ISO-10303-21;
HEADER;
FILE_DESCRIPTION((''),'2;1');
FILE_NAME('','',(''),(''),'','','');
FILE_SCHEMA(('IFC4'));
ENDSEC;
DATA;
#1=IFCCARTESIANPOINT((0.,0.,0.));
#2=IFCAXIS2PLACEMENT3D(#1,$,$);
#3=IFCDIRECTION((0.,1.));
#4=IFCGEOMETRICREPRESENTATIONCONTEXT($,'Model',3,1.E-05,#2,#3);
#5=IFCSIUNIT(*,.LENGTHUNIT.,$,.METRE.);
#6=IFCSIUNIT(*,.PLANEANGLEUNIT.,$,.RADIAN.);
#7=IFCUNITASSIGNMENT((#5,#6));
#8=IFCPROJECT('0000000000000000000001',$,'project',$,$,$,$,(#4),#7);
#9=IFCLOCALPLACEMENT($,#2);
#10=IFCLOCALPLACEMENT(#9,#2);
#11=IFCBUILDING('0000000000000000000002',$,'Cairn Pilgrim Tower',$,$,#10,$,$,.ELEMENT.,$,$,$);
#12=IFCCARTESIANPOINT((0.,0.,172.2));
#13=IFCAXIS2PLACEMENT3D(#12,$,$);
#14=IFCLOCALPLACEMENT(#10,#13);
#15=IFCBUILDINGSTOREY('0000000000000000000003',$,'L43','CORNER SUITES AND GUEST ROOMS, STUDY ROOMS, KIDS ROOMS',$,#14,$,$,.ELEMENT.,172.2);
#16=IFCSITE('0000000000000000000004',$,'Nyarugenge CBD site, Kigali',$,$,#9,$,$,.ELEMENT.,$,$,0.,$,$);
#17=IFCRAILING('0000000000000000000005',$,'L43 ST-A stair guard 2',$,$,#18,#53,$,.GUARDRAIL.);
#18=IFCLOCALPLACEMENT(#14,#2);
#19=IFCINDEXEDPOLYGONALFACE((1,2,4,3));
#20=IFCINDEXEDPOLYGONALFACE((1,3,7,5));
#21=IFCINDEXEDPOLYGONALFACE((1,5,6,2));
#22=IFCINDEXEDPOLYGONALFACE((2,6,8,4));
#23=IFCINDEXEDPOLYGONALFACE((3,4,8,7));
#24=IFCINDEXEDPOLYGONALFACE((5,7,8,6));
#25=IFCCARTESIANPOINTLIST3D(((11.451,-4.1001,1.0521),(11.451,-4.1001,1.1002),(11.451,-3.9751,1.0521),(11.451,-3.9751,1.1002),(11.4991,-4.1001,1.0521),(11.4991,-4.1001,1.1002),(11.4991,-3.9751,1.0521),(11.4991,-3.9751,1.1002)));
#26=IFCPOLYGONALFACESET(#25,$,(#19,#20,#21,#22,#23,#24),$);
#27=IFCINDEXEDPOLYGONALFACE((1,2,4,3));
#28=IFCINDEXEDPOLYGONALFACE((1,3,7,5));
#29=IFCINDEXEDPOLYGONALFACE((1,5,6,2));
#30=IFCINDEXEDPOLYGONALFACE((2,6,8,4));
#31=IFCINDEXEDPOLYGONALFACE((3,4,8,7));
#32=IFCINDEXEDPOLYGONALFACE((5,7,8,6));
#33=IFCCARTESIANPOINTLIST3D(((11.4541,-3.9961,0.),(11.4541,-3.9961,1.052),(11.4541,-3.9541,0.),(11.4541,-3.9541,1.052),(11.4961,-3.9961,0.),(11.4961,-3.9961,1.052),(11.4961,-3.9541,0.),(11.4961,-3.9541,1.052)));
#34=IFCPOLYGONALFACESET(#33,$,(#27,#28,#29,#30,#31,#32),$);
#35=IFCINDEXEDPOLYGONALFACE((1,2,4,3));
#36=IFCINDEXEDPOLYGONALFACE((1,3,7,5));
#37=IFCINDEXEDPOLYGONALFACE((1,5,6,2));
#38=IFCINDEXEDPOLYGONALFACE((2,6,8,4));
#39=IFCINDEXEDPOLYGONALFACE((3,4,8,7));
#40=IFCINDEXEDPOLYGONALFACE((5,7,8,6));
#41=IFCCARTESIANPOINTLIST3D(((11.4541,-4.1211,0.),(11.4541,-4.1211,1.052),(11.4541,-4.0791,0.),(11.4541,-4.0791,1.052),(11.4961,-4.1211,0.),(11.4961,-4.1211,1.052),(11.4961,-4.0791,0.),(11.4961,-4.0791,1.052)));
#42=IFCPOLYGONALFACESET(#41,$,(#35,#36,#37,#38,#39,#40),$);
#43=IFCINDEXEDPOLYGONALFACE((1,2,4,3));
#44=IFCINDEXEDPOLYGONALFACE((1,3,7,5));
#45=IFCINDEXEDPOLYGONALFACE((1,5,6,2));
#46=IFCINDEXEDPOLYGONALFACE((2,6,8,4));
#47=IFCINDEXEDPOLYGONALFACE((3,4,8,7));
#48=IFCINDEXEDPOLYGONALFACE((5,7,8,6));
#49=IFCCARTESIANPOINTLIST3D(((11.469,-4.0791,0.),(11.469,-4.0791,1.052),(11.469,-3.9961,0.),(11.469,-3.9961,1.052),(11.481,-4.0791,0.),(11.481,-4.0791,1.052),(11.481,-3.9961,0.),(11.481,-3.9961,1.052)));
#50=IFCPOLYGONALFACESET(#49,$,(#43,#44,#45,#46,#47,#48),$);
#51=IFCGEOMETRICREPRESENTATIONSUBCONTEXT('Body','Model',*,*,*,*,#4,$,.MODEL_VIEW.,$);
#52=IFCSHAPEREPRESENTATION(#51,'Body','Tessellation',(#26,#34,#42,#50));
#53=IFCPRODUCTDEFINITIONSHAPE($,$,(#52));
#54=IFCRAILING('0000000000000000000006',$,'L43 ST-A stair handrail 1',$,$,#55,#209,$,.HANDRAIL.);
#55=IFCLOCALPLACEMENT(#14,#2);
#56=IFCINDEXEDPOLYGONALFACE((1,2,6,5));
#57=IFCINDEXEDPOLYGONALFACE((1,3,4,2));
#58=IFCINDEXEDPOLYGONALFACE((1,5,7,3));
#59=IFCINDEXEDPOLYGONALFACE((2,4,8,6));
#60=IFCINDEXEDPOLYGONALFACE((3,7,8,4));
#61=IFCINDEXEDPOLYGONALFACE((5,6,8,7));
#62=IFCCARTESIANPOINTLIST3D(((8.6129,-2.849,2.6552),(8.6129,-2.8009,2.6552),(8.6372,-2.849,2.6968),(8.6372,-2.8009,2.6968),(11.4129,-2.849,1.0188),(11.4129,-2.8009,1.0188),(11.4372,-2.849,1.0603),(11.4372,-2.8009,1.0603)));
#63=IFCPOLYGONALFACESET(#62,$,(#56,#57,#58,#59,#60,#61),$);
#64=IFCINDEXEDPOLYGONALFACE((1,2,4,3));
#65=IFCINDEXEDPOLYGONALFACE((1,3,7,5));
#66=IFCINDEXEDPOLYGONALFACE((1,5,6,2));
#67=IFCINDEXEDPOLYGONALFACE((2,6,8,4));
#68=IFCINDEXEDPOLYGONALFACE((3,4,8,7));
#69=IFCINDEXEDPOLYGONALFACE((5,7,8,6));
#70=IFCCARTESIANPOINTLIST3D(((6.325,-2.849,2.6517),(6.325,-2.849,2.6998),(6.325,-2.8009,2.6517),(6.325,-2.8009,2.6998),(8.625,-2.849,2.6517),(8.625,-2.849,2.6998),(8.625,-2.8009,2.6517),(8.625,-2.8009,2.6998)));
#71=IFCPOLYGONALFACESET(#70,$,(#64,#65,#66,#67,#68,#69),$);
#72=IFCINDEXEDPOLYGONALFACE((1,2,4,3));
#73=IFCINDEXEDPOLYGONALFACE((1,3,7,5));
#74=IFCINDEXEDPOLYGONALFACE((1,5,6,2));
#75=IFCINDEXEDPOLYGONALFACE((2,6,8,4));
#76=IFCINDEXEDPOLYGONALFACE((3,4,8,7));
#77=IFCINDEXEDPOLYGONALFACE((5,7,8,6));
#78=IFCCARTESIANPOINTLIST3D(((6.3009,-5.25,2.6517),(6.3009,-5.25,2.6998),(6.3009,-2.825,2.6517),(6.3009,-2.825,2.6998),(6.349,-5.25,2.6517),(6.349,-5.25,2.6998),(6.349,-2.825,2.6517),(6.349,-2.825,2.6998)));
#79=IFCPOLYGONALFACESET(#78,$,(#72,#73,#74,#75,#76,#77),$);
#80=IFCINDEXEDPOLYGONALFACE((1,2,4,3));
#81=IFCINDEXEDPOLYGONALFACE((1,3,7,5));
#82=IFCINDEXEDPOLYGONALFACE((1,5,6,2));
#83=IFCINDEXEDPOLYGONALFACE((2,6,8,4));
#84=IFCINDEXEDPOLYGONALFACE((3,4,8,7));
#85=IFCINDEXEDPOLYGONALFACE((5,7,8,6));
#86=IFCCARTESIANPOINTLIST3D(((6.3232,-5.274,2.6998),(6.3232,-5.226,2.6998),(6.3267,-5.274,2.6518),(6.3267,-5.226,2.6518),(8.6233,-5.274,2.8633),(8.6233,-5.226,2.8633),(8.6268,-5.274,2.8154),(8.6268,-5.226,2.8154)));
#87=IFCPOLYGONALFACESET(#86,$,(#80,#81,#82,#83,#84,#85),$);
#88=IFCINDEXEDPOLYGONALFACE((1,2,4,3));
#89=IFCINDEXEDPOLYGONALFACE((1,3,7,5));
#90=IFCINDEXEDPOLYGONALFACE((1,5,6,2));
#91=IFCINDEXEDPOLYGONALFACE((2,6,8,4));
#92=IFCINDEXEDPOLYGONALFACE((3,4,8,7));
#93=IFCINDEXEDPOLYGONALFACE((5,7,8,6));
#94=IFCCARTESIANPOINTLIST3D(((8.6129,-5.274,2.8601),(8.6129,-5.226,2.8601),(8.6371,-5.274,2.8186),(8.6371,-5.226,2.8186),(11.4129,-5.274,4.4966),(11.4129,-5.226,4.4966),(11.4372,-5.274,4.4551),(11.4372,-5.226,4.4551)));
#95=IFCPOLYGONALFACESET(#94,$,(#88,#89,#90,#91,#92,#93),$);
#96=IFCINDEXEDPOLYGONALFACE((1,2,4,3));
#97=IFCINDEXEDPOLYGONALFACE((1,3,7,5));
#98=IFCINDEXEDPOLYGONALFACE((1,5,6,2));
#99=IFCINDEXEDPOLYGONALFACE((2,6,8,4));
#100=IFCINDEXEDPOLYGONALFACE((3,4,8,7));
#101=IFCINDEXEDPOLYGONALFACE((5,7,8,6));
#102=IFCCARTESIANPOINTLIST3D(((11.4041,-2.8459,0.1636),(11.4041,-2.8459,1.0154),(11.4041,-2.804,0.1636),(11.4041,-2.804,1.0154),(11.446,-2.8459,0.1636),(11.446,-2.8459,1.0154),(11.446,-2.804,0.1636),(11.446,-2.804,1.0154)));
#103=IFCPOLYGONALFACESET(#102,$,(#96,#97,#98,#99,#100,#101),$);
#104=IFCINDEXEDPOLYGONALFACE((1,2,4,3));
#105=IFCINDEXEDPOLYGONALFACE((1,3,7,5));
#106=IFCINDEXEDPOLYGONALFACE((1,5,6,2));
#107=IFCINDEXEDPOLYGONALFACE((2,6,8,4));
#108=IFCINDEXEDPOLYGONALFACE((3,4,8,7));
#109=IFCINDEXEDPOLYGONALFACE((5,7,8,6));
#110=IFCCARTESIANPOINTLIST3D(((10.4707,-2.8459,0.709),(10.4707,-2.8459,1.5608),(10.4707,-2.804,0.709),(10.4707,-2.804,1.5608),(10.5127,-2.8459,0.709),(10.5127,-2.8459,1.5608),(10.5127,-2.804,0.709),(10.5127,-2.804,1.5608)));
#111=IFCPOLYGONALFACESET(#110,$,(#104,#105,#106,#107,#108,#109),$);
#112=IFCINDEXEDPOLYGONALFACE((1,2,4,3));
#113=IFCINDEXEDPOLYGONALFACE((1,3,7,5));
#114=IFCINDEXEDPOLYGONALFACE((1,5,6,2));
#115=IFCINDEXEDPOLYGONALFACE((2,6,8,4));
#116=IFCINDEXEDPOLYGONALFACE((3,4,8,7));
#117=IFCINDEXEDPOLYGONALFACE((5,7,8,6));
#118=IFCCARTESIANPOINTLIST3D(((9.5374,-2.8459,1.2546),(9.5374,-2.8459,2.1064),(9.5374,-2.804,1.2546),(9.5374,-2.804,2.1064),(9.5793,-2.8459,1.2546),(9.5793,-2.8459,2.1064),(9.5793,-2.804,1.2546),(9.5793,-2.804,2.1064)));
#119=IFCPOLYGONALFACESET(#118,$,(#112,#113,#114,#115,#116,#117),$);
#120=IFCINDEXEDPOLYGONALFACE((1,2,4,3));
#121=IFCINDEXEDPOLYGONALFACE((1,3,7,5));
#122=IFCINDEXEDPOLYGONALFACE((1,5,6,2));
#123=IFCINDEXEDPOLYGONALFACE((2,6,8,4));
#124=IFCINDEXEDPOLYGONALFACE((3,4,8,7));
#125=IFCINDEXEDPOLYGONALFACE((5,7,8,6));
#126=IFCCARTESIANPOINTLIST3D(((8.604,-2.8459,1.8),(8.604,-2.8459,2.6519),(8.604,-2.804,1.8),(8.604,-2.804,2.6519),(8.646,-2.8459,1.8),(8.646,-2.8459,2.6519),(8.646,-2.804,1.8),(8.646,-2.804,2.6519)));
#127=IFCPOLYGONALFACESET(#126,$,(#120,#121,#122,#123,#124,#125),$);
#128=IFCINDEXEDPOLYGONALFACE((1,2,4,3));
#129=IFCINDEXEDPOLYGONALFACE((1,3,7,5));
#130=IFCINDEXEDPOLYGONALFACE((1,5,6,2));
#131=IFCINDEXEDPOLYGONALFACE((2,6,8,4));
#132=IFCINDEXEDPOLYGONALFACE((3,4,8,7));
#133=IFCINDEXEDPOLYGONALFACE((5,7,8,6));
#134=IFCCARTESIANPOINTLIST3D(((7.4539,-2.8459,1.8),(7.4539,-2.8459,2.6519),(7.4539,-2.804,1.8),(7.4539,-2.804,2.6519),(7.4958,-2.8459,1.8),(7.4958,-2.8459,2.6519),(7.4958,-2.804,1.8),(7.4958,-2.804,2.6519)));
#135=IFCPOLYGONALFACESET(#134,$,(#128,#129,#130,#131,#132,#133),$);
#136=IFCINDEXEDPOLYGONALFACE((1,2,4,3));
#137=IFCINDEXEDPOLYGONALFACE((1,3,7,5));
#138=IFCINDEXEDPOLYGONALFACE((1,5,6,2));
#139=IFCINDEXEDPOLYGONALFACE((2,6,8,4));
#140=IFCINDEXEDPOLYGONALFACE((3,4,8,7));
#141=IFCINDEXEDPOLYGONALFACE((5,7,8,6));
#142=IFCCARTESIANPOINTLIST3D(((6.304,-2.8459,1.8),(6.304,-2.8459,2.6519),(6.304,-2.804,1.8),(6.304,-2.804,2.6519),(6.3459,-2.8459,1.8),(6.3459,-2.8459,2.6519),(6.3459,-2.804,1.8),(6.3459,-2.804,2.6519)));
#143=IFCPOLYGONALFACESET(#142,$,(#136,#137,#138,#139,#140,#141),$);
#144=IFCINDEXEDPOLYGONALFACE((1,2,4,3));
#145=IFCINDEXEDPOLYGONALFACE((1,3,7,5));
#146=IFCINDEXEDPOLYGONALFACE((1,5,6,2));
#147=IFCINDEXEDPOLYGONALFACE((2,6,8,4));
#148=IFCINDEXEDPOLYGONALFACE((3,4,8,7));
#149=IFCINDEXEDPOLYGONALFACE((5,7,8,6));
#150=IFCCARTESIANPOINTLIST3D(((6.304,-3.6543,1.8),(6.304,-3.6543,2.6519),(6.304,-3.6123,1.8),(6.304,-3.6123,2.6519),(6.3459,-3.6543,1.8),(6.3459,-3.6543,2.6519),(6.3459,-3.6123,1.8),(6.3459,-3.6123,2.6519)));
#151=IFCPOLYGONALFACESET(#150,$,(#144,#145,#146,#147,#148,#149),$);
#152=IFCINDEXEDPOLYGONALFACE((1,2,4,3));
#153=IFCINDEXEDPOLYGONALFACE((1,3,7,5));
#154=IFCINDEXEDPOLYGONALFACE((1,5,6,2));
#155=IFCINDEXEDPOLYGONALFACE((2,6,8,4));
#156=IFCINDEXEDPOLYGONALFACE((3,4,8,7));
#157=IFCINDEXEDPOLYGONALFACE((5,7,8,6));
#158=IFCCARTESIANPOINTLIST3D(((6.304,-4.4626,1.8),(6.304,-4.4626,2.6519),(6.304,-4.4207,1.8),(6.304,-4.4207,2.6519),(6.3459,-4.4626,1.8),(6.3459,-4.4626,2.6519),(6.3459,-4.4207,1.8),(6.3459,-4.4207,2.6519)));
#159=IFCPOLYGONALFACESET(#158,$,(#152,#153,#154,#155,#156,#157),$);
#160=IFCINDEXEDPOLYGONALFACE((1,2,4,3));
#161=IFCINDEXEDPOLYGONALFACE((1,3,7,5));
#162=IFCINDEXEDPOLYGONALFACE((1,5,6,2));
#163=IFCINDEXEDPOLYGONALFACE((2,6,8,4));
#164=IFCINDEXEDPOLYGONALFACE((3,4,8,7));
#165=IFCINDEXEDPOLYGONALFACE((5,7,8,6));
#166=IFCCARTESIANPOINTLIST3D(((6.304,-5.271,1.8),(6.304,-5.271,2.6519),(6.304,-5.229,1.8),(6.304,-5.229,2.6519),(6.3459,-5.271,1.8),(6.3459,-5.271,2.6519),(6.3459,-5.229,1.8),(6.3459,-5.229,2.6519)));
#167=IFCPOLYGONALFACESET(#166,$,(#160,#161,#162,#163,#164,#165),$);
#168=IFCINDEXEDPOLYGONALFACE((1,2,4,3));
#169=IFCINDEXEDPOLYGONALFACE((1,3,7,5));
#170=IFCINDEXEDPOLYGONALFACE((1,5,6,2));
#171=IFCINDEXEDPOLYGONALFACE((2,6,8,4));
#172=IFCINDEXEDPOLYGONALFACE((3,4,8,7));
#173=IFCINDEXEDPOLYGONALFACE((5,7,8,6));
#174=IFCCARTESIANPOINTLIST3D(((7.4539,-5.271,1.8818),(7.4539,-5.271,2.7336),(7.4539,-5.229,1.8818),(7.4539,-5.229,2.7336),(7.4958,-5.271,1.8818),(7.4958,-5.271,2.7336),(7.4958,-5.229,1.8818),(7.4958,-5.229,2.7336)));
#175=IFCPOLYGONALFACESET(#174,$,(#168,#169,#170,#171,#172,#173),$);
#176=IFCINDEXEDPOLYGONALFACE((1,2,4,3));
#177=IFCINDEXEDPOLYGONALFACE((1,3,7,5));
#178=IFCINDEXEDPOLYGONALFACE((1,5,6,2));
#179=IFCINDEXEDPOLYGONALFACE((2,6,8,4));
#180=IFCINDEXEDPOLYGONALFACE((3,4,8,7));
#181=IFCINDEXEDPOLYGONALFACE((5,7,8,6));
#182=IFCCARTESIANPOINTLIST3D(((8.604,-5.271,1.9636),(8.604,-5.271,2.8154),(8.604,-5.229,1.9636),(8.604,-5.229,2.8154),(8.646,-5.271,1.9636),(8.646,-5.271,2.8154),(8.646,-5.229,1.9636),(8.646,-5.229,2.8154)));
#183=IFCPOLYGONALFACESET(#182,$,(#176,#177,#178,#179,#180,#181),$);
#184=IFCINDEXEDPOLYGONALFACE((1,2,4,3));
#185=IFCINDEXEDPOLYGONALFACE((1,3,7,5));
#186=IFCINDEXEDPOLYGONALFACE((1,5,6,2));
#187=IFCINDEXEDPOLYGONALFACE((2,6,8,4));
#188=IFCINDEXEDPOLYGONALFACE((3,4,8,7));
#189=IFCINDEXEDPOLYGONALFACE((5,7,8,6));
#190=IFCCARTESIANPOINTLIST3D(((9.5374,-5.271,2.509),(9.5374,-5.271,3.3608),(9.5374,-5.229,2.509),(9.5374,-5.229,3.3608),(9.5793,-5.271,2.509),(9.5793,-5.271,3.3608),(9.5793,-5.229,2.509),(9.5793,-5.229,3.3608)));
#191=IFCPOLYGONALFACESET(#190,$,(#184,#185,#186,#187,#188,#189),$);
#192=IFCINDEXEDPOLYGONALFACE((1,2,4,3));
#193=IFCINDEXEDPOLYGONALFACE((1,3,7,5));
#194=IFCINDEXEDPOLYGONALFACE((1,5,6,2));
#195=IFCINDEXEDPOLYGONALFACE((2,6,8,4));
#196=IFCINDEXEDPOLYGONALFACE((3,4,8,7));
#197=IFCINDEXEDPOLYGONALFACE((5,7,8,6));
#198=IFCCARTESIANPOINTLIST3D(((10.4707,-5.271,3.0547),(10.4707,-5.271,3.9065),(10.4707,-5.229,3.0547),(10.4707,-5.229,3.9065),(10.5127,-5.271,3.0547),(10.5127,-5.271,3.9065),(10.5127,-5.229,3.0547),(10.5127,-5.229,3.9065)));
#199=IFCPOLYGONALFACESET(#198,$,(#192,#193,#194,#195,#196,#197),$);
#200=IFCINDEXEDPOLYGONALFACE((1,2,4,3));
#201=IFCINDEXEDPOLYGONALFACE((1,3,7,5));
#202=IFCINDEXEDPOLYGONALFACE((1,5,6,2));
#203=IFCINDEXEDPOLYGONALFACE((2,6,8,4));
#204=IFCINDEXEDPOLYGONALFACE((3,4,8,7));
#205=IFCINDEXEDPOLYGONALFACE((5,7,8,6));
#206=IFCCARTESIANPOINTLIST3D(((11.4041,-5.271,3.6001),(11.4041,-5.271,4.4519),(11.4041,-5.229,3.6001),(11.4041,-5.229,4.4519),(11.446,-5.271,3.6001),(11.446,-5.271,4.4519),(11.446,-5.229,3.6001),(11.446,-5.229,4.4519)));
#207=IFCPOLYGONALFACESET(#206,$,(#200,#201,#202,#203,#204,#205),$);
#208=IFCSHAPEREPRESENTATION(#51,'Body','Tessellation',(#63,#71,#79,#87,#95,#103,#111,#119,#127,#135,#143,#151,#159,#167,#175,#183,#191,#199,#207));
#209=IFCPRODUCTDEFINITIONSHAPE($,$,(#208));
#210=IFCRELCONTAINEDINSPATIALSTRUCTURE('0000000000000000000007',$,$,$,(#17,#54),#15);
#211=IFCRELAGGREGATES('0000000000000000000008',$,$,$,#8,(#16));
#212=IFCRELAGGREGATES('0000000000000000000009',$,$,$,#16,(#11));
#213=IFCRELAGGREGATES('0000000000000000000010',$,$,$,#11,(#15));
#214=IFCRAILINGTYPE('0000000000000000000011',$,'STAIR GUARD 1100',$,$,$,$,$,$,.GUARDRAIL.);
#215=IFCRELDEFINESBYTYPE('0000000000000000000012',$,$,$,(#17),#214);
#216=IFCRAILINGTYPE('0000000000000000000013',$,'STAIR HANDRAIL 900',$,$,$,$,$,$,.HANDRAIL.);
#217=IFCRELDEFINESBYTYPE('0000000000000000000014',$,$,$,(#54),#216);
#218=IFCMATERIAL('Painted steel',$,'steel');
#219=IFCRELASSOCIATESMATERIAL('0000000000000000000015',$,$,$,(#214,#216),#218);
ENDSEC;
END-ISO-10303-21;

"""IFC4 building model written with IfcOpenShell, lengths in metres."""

from ifc_helpers import new_model, si_unit, direction, frame, origin, origin_2d, place, context, subcontext, project, spatial, polyline, rectangle, outline, extrude, material, type_object, element, save


model = new_model("IFC4")

# Units and contexts
model_context = context("Model", 3, precision=1e-05, world=origin(), true_north=direction((0.0, 1.0)))
body_context = subcontext(model_context, "Body", "Model", "MODEL_VIEW")
ifc_project = project(units=[si_unit("LENGTHUNIT", "METRE"), si_unit("PLANEANGLEUNIT", "RADIAN")], contexts=[model_context])

# Site, building, storey
site_placement = place(None, origin())
site = spatial("IfcSite", under=ifc_project, at=site_placement, Name="Nyarugenge CBD site, Kigali", CompositionType="ELEMENT", RefElevation=0.0)
building_placement = place(site_placement, origin())
building = spatial("IfcBuilding", under=site, at=building_placement, Name="Cairn Pilgrim Tower", CompositionType="ELEMENT")
storey_placement = place(building_placement, frame((0.0, 0.0, 172.2)))
storey = spatial("IfcBuildingStorey", under=building, at=storey_placement, Name="L43", Description="CORNER SUITES AND GUEST ROOMS, STUDY ROOMS, KIDS ROOMS", CompositionType="ELEMENT", Elevation=172.2)

# Railings
ifc_material_1 = material(Name="Painted steel", Category="steel")
railing_type_1 = type_object("IfcRailingType", Name="STAIR GUARD 1100", PredefinedType="GUARDRAIL", material=ifc_material_1)
railing_1_placement = place(storey_placement, frame((11.4751, -3.9751, 0.0)))
element("IfcRailing", 1, at=railing_1_placement, inside=storey, type_object=railing_type_1, Name="L43 ST-A stair guard 2", PredefinedType="GUARDRAIL", context=body_context, shape_type="SweptSolid", body=[
    extrude(rectangle(XDim=0.0481, YDim=0.0481, at=origin_2d()), frame((0.0, 0.0, 1.0762), z_axis=(0.0, -1.0, 0.0), x_axis=(1.0, 0.0, 0.0)), (0.0, 0.0, 1.0), 0.125),
    extrude(rectangle(XDim=0.042, YDim=0.042, at=origin_2d()), origin(), (0.0, 0.0, 1.0), 1.052),
    extrude(rectangle(XDim=0.042, YDim=0.042, at=origin_2d()), frame((0.0, -0.125, 0.0)), (0.0, 0.0, 1.0), 1.052),
    extrude(outline(polyline([(0.021, 0.0), (0.104, 0.0), (0.104, 1.052), (0.021, 1.052), (0.021, 0.0)])), frame((0.0059, 0.0, 0.0), z_axis=(-1.0, 0.0, 0.0), x_axis=(0.0, -1.0, 0.0)), (0.0, 0.0, 1.0), 0.012),
])
railing_type_2 = type_object("IfcRailingType", Name="STAIR HANDRAIL 900", PredefinedType="HANDRAIL", material=ifc_material_1)
railing_2_placement = place(storey_placement, frame((11.425, -2.825, 0.1636)))
element("IfcRailing", 2, at=railing_2_placement, inside=storey, type_object=railing_type_2, Name="L43 ST-A stair handrail 1", PredefinedType="HANDRAIL", context=body_context, shape_type="SweptSolid", body=[
    extrude(rectangle(XDim=0.0481, YDim=0.0481, at=origin_2d()), frame((0.0, 0.0, 0.876), z_axis=(-0.863361, 0.0, 0.504587), x_axis=(0.0, -1.0, 0.0)), (0.0, 0.0, 1.0), 3.2432),
    extrude(rectangle(XDim=0.0481, YDim=0.0481, at=origin_2d()), frame((-2.8, 0.0, 2.5122), z_axis=(-1.0, 0.0, 0.0), x_axis=(0.0, -1.0, 0.0)), (0.0, 0.0, 1.0), 2.3),
    extrude(rectangle(XDim=0.0481, YDim=0.0481, at=origin_2d()), frame((-5.1001, 0.0, 2.5122), z_axis=(0.0, -1.0, 0.0), x_axis=(1.0, 0.0, 0.0)), (0.0, 0.0, 1.0), 2.425),
    extrude(rectangle(XDim=0.0481, YDim=0.0481, at=origin_2d()), frame((-5.1001, -2.425, 2.5122), z_axis=(0.997481, 0.0, 0.070939), x_axis=(0.0, 1.0, 0.0)), (0.0, 0.0, 1.0), 2.3059),
    extrude(rectangle(XDim=0.0481, YDim=0.0481, at=origin_2d()), frame((-2.8, -2.425, 2.6758), z_axis=(0.863361, 0.0, 0.504587), x_axis=(0.0, 1.0, 0.0)), (0.0, 0.0, 1.0), 3.2432),
    extrude(rectangle(XDim=0.042, YDim=0.042, at=origin_2d()), origin(), (0.0, 0.0, 1.0), 0.8518),
    extrude(rectangle(XDim=0.042, YDim=0.042, at=origin_2d()), frame((-0.9333, 0.0, 0.5454)), (0.0, 0.0, 1.0), 0.8518),
    extrude(rectangle(XDim=0.042, YDim=0.042, at=origin_2d()), frame((-1.8667, 0.0, 1.0911)), (0.0, 0.0, 1.0), 0.8518),
    extrude(rectangle(XDim=0.042, YDim=0.042, at=origin_2d()), frame((-2.8, 0.0, 1.6365)), (0.0, 0.0, 1.0), 0.8518),
    extrude(rectangle(XDim=0.042, YDim=0.042, at=origin_2d()), frame((-3.9502, 0.0, 1.6365)), (0.0, 0.0, 1.0), 0.8518),
    extrude(rectangle(XDim=0.042, YDim=0.042, at=origin_2d()), frame((-5.1001, 0.0, 1.6365)), (0.0, 0.0, 1.0), 0.8518),
    extrude(rectangle(XDim=0.042, YDim=0.042, at=origin_2d()), frame((-5.1001, -0.8083, 1.6365)), (0.0, 0.0, 1.0), 0.8518),
    extrude(rectangle(XDim=0.042, YDim=0.042, at=origin_2d()), frame((-5.1001, -1.6167, 1.6365)), (0.0, 0.0, 1.0), 0.8518),
    extrude(rectangle(XDim=0.042, YDim=0.042, at=origin_2d()), frame((-5.1001, -2.425, 1.6365)), (0.0, 0.0, 1.0), 0.8518),
    extrude(rectangle(XDim=0.042, YDim=0.042, at=origin_2d()), frame((-3.9502, -2.425, 1.7183)), (0.0, 0.0, 1.0), 0.8518),
    extrude(rectangle(XDim=0.042, YDim=0.042, at=origin_2d()), frame((-2.8, -2.425, 1.8)), (0.0, 0.0, 1.0), 0.8518),
    extrude(rectangle(XDim=0.042, YDim=0.042, at=origin_2d()), frame((-1.8667, -2.425, 2.3455)), (0.0, 0.0, 1.0), 0.8518),
    extrude(rectangle(XDim=0.042, YDim=0.042, at=origin_2d()), frame((-0.9333, -2.425, 2.8911)), (0.0, 0.0, 1.0), 0.8518),
    extrude(rectangle(XDim=0.042, YDim=0.042, at=origin_2d()), frame((0.0, -2.425, 3.4365)), (0.0, 0.0, 1.0), 0.8518),
])

save(model, "model.ifc")
